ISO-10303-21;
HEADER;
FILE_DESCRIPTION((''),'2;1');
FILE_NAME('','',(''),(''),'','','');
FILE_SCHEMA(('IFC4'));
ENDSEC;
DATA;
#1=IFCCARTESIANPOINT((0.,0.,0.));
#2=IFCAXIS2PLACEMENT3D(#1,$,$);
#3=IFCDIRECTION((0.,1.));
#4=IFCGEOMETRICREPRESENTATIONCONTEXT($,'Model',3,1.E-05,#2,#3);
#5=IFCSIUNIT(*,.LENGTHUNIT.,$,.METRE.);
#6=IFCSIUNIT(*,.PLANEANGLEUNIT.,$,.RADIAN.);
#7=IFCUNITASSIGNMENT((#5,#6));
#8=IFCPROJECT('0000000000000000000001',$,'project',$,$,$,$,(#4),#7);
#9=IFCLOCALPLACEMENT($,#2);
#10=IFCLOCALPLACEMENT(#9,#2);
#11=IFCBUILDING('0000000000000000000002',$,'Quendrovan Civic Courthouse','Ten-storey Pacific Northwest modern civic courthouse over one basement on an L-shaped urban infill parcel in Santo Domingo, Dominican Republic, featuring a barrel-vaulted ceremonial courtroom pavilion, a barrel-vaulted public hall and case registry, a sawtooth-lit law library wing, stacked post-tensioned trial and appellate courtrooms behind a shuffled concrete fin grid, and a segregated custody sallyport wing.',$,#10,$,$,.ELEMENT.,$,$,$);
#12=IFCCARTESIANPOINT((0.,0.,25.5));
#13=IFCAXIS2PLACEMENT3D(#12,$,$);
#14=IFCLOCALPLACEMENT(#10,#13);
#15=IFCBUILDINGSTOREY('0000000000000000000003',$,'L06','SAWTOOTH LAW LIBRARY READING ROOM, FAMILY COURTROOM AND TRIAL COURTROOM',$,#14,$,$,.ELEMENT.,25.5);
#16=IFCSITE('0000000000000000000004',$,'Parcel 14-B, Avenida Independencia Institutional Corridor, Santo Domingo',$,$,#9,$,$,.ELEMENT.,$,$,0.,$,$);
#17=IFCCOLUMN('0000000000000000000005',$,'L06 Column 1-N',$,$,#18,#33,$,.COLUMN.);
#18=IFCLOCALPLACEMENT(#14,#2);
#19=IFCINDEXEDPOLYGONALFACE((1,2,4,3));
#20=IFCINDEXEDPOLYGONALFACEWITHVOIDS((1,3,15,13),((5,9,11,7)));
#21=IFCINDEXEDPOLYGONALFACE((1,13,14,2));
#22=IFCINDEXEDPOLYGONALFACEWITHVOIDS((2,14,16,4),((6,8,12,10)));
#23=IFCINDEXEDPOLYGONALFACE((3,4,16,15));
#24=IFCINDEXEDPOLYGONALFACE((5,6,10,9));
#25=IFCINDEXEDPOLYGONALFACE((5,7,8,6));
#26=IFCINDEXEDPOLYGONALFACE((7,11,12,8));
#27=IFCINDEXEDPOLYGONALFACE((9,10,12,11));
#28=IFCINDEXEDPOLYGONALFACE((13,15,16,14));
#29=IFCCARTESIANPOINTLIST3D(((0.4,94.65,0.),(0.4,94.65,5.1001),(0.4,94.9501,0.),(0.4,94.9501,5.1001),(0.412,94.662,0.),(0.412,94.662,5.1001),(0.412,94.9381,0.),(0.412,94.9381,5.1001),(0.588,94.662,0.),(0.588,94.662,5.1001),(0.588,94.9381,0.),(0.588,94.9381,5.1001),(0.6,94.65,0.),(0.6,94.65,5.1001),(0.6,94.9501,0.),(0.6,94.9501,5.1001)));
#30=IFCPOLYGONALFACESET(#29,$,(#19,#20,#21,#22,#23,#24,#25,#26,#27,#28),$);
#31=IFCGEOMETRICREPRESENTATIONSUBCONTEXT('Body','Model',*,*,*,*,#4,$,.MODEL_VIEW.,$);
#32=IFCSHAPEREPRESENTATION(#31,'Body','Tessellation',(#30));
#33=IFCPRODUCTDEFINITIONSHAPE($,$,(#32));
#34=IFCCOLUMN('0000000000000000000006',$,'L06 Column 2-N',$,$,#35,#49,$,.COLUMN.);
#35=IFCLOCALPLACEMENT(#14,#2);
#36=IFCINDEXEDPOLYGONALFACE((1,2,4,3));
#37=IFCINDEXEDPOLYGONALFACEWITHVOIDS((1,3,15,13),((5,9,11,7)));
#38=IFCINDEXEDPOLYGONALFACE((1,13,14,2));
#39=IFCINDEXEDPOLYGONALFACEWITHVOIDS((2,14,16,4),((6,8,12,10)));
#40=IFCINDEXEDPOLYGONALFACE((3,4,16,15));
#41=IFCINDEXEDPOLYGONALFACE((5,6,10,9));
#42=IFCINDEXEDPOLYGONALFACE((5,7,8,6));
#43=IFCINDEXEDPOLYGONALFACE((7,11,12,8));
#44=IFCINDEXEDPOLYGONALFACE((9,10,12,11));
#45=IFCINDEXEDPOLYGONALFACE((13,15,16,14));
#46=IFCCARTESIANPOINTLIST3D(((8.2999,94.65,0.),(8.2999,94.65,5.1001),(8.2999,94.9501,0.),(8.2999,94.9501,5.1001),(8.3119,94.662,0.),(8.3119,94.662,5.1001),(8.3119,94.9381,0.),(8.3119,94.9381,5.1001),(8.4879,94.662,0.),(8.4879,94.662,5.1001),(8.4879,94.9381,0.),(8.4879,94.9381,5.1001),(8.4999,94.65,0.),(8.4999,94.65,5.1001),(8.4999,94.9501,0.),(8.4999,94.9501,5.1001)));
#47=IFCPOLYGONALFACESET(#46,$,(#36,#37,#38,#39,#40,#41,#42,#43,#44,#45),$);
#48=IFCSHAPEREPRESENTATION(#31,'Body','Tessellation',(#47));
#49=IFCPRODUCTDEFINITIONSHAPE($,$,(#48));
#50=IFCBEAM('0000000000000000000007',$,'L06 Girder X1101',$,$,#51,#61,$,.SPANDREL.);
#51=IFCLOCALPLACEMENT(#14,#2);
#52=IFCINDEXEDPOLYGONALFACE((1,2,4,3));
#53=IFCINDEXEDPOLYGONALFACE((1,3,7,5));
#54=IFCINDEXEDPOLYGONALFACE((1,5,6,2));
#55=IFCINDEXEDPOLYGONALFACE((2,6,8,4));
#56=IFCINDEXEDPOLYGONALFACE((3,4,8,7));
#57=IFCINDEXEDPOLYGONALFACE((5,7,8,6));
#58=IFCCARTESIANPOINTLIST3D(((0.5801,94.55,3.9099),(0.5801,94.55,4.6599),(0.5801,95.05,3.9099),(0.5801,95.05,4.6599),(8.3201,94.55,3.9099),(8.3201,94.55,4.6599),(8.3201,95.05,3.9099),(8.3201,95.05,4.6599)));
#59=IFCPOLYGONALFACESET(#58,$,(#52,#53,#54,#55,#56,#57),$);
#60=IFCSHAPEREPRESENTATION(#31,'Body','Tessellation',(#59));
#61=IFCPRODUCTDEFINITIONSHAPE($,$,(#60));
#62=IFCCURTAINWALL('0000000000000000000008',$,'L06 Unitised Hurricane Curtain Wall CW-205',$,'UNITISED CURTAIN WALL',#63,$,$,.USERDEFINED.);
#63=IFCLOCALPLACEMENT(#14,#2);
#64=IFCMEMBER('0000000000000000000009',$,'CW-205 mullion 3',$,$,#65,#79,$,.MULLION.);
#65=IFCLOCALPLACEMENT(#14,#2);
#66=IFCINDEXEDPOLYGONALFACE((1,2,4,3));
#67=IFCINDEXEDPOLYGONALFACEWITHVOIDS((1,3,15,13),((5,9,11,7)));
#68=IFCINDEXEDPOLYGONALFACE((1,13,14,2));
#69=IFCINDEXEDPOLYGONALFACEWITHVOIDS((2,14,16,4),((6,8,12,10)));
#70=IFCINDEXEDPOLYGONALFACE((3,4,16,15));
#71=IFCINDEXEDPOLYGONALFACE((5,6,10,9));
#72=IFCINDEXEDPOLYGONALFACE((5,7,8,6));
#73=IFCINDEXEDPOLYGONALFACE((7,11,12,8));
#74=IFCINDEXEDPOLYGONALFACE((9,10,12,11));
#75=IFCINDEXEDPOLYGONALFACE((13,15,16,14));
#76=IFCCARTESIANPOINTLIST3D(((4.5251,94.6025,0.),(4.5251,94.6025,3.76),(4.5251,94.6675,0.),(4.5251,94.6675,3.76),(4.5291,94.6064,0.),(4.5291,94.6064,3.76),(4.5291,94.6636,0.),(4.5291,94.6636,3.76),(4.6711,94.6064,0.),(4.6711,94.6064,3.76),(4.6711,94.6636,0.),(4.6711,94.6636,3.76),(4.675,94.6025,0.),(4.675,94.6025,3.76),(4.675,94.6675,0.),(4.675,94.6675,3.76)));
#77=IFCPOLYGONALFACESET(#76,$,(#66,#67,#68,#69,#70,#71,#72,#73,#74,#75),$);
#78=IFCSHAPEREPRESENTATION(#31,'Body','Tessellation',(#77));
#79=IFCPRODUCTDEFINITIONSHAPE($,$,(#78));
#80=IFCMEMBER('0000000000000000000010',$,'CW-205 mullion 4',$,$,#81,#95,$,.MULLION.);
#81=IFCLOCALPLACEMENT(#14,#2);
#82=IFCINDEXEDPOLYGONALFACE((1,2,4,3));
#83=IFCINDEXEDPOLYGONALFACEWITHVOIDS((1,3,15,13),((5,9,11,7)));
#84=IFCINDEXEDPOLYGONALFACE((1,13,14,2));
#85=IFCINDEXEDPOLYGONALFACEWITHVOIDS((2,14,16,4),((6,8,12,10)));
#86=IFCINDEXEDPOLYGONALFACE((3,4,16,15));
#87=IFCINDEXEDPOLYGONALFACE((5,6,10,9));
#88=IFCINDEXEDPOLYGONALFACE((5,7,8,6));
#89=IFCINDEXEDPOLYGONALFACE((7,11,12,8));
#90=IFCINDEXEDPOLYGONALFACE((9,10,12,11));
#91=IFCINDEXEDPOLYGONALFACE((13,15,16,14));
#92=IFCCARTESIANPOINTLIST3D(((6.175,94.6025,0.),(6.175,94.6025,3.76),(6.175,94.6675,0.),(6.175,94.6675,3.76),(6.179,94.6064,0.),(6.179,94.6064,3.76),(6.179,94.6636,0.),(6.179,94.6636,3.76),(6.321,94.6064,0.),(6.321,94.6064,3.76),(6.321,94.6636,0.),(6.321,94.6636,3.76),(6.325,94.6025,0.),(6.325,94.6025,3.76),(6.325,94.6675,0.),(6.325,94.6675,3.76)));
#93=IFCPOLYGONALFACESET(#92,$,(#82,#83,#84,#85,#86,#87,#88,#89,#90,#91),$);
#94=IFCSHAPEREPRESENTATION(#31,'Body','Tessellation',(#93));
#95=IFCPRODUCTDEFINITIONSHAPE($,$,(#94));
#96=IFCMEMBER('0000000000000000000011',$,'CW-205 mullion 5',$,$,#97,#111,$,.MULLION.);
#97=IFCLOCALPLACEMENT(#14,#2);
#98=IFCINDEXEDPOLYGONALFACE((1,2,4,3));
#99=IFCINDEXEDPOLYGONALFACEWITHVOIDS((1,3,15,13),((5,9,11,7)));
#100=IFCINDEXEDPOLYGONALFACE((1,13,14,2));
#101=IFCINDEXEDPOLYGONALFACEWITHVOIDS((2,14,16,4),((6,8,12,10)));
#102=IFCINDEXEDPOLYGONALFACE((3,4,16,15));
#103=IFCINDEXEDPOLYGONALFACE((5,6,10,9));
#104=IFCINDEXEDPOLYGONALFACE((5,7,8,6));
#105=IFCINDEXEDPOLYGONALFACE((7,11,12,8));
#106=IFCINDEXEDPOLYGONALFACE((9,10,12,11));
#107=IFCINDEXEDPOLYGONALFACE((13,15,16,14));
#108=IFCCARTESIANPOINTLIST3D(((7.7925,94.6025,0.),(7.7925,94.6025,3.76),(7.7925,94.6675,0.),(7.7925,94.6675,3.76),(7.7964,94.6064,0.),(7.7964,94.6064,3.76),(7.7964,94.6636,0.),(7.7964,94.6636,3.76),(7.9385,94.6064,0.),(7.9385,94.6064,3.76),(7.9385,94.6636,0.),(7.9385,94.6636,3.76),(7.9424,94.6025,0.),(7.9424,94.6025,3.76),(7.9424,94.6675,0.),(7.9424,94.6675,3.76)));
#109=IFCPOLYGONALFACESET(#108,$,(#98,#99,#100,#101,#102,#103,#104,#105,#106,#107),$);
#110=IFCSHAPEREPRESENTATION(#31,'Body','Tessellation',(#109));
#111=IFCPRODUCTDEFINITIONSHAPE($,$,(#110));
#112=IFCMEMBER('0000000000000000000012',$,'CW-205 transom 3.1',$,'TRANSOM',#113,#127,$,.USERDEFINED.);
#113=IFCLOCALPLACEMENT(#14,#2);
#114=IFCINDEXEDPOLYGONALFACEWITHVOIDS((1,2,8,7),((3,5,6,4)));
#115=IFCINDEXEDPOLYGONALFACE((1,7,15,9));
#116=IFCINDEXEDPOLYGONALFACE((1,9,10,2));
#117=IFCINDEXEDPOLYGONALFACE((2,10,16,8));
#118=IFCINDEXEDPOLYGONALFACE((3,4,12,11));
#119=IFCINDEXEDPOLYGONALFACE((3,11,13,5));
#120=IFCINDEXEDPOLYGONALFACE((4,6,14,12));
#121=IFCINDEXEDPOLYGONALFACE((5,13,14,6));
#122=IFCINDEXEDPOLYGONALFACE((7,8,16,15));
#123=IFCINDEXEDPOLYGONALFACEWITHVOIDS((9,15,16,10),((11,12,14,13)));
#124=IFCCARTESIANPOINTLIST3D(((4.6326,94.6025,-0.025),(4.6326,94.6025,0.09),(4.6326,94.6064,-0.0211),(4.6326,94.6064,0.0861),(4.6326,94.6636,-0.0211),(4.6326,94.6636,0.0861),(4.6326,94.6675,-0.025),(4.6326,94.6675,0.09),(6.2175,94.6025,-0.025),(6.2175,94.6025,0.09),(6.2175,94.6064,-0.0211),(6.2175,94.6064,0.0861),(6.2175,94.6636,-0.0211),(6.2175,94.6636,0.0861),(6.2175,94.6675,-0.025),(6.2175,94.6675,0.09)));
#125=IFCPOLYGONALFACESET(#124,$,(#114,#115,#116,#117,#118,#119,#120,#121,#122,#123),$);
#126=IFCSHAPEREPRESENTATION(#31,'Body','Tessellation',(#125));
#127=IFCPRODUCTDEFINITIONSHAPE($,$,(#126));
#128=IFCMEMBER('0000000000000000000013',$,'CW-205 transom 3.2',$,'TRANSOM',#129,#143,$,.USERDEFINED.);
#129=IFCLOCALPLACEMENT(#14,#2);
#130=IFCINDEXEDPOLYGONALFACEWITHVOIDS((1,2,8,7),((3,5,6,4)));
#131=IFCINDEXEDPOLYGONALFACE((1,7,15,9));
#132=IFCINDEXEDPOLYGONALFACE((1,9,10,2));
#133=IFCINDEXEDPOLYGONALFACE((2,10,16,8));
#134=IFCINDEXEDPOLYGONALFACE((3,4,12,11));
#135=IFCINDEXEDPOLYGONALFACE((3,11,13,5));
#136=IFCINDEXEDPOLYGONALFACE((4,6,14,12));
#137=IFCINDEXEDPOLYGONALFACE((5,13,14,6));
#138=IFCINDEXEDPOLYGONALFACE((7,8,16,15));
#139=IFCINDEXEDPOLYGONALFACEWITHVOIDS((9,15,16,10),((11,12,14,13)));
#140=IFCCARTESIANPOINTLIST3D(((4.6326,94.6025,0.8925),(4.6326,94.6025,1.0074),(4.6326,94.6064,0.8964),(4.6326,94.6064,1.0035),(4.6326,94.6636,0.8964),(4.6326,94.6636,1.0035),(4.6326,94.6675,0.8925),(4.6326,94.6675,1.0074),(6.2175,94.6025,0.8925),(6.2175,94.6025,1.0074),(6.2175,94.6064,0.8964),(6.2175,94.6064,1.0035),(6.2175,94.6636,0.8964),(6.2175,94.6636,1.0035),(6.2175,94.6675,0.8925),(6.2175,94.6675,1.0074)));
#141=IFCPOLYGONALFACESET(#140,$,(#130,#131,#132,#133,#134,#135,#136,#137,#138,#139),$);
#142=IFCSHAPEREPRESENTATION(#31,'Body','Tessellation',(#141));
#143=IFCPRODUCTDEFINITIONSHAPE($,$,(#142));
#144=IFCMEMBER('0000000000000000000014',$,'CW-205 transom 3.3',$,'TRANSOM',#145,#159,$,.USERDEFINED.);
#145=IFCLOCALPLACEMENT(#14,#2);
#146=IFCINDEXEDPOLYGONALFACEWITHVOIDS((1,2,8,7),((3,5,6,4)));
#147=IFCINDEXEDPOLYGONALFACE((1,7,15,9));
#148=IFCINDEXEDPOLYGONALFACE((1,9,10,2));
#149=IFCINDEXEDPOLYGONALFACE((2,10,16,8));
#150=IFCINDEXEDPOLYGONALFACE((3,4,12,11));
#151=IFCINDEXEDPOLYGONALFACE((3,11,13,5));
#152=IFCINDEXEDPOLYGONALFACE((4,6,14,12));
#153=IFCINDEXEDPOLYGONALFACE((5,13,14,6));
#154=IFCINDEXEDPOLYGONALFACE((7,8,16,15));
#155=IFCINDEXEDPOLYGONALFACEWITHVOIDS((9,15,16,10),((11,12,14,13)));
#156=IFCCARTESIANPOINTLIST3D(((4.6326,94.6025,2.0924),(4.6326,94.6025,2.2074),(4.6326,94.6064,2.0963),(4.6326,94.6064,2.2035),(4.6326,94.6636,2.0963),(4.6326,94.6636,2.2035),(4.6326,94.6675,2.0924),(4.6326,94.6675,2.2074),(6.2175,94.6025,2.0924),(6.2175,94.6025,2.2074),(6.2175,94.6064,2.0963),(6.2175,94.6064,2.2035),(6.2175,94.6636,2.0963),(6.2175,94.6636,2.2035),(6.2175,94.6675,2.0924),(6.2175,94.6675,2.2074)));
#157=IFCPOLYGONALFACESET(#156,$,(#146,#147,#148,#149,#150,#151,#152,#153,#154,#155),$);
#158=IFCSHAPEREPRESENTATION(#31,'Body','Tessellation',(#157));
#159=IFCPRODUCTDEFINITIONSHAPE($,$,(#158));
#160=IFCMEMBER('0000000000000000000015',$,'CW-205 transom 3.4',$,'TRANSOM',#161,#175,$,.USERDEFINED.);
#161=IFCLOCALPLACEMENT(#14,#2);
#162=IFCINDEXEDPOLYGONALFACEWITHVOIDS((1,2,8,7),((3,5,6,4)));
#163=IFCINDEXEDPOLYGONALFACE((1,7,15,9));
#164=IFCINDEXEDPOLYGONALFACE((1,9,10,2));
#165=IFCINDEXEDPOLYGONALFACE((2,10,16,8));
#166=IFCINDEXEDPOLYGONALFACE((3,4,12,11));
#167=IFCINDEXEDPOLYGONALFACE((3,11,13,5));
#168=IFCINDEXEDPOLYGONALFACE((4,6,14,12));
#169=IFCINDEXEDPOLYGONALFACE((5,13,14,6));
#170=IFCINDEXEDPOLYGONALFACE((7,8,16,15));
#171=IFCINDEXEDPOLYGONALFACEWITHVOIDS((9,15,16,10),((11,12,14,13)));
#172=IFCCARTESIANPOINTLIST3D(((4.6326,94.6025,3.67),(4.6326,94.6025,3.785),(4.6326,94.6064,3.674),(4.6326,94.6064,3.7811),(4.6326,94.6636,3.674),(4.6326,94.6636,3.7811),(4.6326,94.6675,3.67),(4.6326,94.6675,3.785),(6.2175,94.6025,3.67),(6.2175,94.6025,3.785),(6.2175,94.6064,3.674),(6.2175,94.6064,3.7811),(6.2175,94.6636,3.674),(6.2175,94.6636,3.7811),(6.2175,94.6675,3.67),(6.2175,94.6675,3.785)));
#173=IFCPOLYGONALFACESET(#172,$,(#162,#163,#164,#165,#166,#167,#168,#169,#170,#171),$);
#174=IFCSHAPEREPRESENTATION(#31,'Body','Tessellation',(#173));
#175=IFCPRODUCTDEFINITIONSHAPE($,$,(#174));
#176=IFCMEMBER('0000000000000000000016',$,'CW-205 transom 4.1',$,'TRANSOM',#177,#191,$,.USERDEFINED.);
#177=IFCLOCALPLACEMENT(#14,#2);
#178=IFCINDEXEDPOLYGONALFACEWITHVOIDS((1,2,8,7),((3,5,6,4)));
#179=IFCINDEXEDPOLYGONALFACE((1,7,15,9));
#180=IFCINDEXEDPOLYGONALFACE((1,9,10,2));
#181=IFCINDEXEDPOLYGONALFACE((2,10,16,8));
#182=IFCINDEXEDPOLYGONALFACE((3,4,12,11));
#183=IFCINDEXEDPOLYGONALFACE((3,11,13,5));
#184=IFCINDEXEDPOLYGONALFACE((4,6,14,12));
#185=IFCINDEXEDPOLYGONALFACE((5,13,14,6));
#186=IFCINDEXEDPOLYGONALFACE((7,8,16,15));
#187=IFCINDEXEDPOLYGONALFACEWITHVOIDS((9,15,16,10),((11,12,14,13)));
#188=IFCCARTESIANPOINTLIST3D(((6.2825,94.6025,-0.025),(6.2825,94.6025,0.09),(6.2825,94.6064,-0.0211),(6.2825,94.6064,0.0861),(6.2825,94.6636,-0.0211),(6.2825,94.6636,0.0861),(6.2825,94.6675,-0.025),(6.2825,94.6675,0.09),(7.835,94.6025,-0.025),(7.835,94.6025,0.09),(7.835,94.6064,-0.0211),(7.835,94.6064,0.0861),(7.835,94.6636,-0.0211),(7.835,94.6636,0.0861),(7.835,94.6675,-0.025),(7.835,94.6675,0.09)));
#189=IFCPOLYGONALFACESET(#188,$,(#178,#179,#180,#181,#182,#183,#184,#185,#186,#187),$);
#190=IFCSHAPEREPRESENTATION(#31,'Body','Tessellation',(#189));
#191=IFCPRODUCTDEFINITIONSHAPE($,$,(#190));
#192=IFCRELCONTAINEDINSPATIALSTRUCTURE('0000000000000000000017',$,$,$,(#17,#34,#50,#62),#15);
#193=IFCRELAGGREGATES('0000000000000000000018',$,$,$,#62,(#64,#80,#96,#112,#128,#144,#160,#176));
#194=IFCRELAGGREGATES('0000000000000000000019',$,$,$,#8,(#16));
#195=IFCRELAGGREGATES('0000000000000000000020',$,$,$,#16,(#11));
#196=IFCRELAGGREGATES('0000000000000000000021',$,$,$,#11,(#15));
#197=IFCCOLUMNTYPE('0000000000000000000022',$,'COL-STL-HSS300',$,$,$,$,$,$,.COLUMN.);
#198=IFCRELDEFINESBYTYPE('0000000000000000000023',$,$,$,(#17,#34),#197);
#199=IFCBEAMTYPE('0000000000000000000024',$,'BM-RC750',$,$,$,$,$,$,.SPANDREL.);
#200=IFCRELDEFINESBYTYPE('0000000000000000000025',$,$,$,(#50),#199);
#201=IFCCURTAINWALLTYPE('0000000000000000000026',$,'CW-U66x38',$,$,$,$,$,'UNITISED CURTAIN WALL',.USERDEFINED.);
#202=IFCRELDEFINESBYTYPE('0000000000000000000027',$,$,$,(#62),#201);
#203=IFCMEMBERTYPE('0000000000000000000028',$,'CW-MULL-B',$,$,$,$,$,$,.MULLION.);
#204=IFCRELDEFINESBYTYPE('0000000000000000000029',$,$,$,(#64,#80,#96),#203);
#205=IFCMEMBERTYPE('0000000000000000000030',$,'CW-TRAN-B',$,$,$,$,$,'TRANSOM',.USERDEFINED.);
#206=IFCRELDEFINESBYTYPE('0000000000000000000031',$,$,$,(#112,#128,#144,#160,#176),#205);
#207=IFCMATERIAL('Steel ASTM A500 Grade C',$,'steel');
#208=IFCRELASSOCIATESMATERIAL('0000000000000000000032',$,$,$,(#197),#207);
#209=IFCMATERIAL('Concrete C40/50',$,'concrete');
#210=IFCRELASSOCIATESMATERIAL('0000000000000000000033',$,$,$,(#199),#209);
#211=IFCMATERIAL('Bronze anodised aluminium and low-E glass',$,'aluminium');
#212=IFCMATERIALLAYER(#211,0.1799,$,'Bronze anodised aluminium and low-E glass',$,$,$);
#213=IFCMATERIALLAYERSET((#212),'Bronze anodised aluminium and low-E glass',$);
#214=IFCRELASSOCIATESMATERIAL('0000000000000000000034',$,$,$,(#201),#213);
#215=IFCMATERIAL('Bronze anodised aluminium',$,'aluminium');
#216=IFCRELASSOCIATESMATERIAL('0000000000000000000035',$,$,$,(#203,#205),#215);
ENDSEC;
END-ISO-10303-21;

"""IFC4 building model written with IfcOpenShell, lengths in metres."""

from ifc_helpers import new_model, si_unit, direction, frame, origin, origin_2d, place, context, subcontext, project, spatial, rectangle, hollow_rectangle, extrude, material, layer, layer_set, material_profile, profile_set, type_object, element, aggregate, save


model = new_model("IFC4")

# Units and contexts
model_context = context("Model", 3, precision=1e-05, world=origin(), true_north=direction((0.0, 1.0)))
body_context = subcontext(model_context, "Body", "Model", "MODEL_VIEW")
ifc_project = project(units=[si_unit("LENGTHUNIT", "METRE"), si_unit("PLANEANGLEUNIT", "RADIAN")], contexts=[model_context])

# Site, building, storey
site_placement = place(None, origin())
site = spatial("IfcSite", under=ifc_project, at=site_placement, Name="Parcel 14-B, Avenida Independencia Institutional Corridor, Santo Domingo", CompositionType="ELEMENT", RefElevation=0.0)
building_placement = place(site_placement, origin())
building = spatial("IfcBuilding", under=site, at=building_placement, Name="Quendrovan Civic Courthouse", Description="Ten-storey Pacific Northwest modern civic courthouse over one basement on an L-shaped urban infill parcel in Santo Domingo, Dominican Republic, featuring a barrel-vaulted ceremonial courtroom pavilion, a barrel-vaulted public hall and case registry, a sawtooth-lit law library wing, stacked post-tensioned trial and appellate courtrooms behind a shuffled concrete fin grid, and a segregated custody sallyport wing.", CompositionType="ELEMENT")
storey_placement = place(building_placement, frame((0.0, 0.0, 25.5)))
storey = spatial("IfcBuildingStorey", under=building, at=storey_placement, Name="L06", Description="SAWTOOTH LAW LIBRARY READING ROOM, FAMILY COURTROOM AND TRIAL COURTROOM", CompositionType="ELEMENT", Elevation=25.5)

# Columns
ifc_material_1 = material(Name="Steel ASTM A500 Grade C", Category="steel")
ifc_material_profile_1 = material_profile(ifc_material_1, hollow_rectangle(XDim=0.2, YDim=0.3, WallThickness=0.012, at=origin_2d()), Name="HSS300x200x12")
ifc_profile_set_1 = profile_set([ifc_material_profile_1], Name="Steel ASTM A500 Grade C")
column_type = type_object("IfcColumnType", Name="COL-STL-HSS300", PredefinedType="COLUMN", material=ifc_profile_set_1)
for number, where, z_axis, x_axis, name in (
    (1, (0.5, 94.8, 0.0), (0.0, 0.0, 1.0), (1.0, 0.0, 0.0), "L06 Column 1-N"),
    (2, (8.3999, 94.8, 0.0), (0.0, 0.0, 1.0), (1.0, 0.0, 0.0), "L06 Column 2-N"),
):
    element("IfcColumn", number, at=place(storey_placement, frame(where, z_axis=z_axis, x_axis=x_axis)), inside=storey, type_object=column_type, Name=name, PredefinedType="COLUMN", context=body_context, shape_type="SweptSolid", body=[
        extrude(hollow_rectangle(XDim=0.2, YDim=0.3, WallThickness=0.012, at=origin_2d()), origin(), (0.0, 0.0, 1.0), 5.1001),
    ])

# Beam
ifc_material_2 = material(Name="Concrete C40/50", Category="concrete")
ifc_material_profile_2 = material_profile(ifc_material_2, rectangle(XDim=0.5, YDim=0.75, at=origin_2d()), Name="RC-BM-500x750")
ifc_profile_set_2 = profile_set([ifc_material_profile_2], Name="Concrete C40/50")
beam_type = type_object("IfcBeamType", Name="BM-RC750", PredefinedType="SPANDREL", material=ifc_profile_set_2)
beam_placement = place(storey_placement, frame((0.5801, 94.8, 4.2849), z_axis=(1.0, 0.0, 0.0), x_axis=(0.0, 1.0, 0.0)))
element("IfcBeam", 3, at=beam_placement, inside=storey, type_object=beam_type, Name="L06 Girder X1101", PredefinedType="SPANDREL", context=body_context, shape_type="SweptSolid", body=[
    extrude(rectangle(XDim=0.5, YDim=0.75, at=origin_2d()), origin(), (0.0, 0.0, 1.0), 7.74),
])

# Curtain wall, members
ifc_material_3 = material(Name="Bronze anodised aluminium and low-E glass", Category="aluminium")
ifc_layer_1 = layer(ifc_material_3, 0.1799, Name="Bronze anodised aluminium and low-E glass")
ifc_layer_set_1 = layer_set([ifc_layer_1], Name="Bronze anodised aluminium and low-E glass")
curtain_wall_type = type_object("IfcCurtainWallType", Name="CW-U66x38", ElementType="UNITISED CURTAIN WALL", PredefinedType="USERDEFINED", material=ifc_layer_set_1)
curtain_wall_placement = place(storey_placement, origin())
curtain_wall = element("IfcCurtainWall", 4, at=curtain_wall_placement, inside=storey, type_object=curtain_wall_type, Name="L06 Unitised Hurricane Curtain Wall CW-205", ObjectType="UNITISED CURTAIN WALL", PredefinedType="USERDEFINED")
ifc_material_4 = material(Name="Bronze anodised aluminium", Category="aluminium")
ifc_material_profile_3 = material_profile(ifc_material_4, hollow_rectangle(XDim=0.0649, YDim=0.1499, WallThickness=0.0039, at=origin_2d()), Name="CW-MULL-65x150")
ifc_profile_set_3 = profile_set([ifc_material_profile_3], Name="Bronze anodised aluminium")
member_type_1 = type_object("IfcMemberType", Name="CW-MULL-B", PredefinedType="MULLION", material=ifc_profile_set_3)
member_1_placement = place(storey_placement, frame((4.6001, 94.635, 0.0), z_axis=(0.0, 0.0, 1.0), x_axis=(0.0, 1.0, 0.0)))
member_1 = element("IfcMember", 5, at=member_1_placement, type_object=member_type_1, Name="CW-205 mullion 3", PredefinedType="MULLION", context=body_context, shape_type="SweptSolid", body=[
    extrude(hollow_rectangle(XDim=0.0649, YDim=0.1499, WallThickness=0.0039, at=origin_2d()), origin(), (0.0, 0.0, 1.0), 3.76),
])
member_2_placement = place(storey_placement, frame((6.25, 94.635, 0.0), z_axis=(0.0, 0.0, 1.0), x_axis=(0.0, 1.0, 0.0)))
member_2 = element("IfcMember", 6, at=member_2_placement, type_object=member_type_1, Name="CW-205 mullion 4", PredefinedType="MULLION", context=body_context, shape_type="SweptSolid", body=[
    extrude(hollow_rectangle(XDim=0.0649, YDim=0.1499, WallThickness=0.0039, at=origin_2d()), origin(), (0.0, 0.0, 1.0), 3.76),
])
member_3_placement = place(storey_placement, frame((7.8674, 94.635, 0.0), z_axis=(0.0, 0.0, 1.0), x_axis=(0.0, 1.0, 0.0)))
member_3 = element("IfcMember", 7, at=member_3_placement, type_object=member_type_1, Name="CW-205 mullion 5", PredefinedType="MULLION", context=body_context, shape_type="SweptSolid", body=[
    extrude(hollow_rectangle(XDim=0.0649, YDim=0.1499, WallThickness=0.0039, at=origin_2d()), origin(), (0.0, 0.0, 1.0), 3.76),
])
ifc_material_profile_4 = material_profile(ifc_material_4, hollow_rectangle(XDim=0.0649, YDim=0.115, WallThickness=0.0039, at=origin_2d()), Name="CW-TRAN-65x115")
ifc_profile_set_4 = profile_set([ifc_material_profile_4], Name="Bronze anodised aluminium")
member_type_2 = type_object("IfcMemberType", Name="CW-TRAN-B", ElementType="TRANSOM", PredefinedType="USERDEFINED", material=ifc_profile_set_4)
member_4_placement = place(storey_placement, frame((4.6326, 94.635, 0.0325), z_axis=(1.0, 0.0, 0.0), x_axis=(0.0, 1.0, 0.0)))
member_4 = element("IfcMember", 8, at=member_4_placement, type_object=member_type_2, Name="CW-205 transom 3.1", ObjectType="TRANSOM", PredefinedType="USERDEFINED", context=body_context, shape_type="SweptSolid", body=[
    extrude(hollow_rectangle(XDim=0.0649, YDim=0.115, WallThickness=0.0039, at=origin_2d()), origin(), (0.0, 0.0, 1.0), 1.585),
])
member_5_placement = place(storey_placement, frame((4.6326, 94.635, 0.95), z_axis=(1.0, 0.0, 0.0), x_axis=(0.0, 1.0, 0.0)))
member_5 = element("IfcMember", 9, at=member_5_placement, type_object=member_type_2, Name="CW-205 transom 3.2", ObjectType="TRANSOM", PredefinedType="USERDEFINED", context=body_context, shape_type="SweptSolid", body=[
    extrude(hollow_rectangle(XDim=0.0649, YDim=0.115, WallThickness=0.0039, at=origin_2d()), origin(), (0.0, 0.0, 1.0), 1.585),
])
member_6_placement = place(storey_placement, frame((4.6326, 94.635, 2.1499), z_axis=(1.0, 0.0, 0.0), x_axis=(0.0, 1.0, 0.0)))
member_6 = element("IfcMember", 10, at=member_6_placement, type_object=member_type_2, Name="CW-205 transom 3.3", ObjectType="TRANSOM", PredefinedType="USERDEFINED", context=body_context, shape_type="SweptSolid", body=[
    extrude(hollow_rectangle(XDim=0.0649, YDim=0.115, WallThickness=0.0039, at=origin_2d()), origin(), (0.0, 0.0, 1.0), 1.585),
])
member_7_placement = place(storey_placement, frame((4.6326, 94.635, 3.7275), z_axis=(1.0, 0.0, 0.0), x_axis=(0.0, 1.0, 0.0)))
member_7 = element("IfcMember", 11, at=member_7_placement, type_object=member_type_2, Name="CW-205 transom 3.4", ObjectType="TRANSOM", PredefinedType="USERDEFINED", context=body_context, shape_type="SweptSolid", body=[
    extrude(hollow_rectangle(XDim=0.0649, YDim=0.115, WallThickness=0.0039, at=origin_2d()), origin(), (0.0, 0.0, 1.0), 1.585),
])
member_8_placement = place(storey_placement, frame((6.2825, 94.635, 0.0325), z_axis=(1.0, 0.0, 0.0), x_axis=(0.0, 1.0, 0.0)))
member_8 = element("IfcMember", 12, at=member_8_placement, type_object=member_type_2, Name="CW-205 transom 4.1", ObjectType="TRANSOM", PredefinedType="USERDEFINED", context=body_context, shape_type="SweptSolid", body=[
    extrude(hollow_rectangle(XDim=0.0649, YDim=0.115, WallThickness=0.0039, at=origin_2d()), origin(), (0.0, 0.0, 1.0), 1.5525),
])
aggregate(curtain_wall, [member_1, member_2, member_3, member_4, member_5, member_6, member_7, member_8])

save(model, "model.ifc")
